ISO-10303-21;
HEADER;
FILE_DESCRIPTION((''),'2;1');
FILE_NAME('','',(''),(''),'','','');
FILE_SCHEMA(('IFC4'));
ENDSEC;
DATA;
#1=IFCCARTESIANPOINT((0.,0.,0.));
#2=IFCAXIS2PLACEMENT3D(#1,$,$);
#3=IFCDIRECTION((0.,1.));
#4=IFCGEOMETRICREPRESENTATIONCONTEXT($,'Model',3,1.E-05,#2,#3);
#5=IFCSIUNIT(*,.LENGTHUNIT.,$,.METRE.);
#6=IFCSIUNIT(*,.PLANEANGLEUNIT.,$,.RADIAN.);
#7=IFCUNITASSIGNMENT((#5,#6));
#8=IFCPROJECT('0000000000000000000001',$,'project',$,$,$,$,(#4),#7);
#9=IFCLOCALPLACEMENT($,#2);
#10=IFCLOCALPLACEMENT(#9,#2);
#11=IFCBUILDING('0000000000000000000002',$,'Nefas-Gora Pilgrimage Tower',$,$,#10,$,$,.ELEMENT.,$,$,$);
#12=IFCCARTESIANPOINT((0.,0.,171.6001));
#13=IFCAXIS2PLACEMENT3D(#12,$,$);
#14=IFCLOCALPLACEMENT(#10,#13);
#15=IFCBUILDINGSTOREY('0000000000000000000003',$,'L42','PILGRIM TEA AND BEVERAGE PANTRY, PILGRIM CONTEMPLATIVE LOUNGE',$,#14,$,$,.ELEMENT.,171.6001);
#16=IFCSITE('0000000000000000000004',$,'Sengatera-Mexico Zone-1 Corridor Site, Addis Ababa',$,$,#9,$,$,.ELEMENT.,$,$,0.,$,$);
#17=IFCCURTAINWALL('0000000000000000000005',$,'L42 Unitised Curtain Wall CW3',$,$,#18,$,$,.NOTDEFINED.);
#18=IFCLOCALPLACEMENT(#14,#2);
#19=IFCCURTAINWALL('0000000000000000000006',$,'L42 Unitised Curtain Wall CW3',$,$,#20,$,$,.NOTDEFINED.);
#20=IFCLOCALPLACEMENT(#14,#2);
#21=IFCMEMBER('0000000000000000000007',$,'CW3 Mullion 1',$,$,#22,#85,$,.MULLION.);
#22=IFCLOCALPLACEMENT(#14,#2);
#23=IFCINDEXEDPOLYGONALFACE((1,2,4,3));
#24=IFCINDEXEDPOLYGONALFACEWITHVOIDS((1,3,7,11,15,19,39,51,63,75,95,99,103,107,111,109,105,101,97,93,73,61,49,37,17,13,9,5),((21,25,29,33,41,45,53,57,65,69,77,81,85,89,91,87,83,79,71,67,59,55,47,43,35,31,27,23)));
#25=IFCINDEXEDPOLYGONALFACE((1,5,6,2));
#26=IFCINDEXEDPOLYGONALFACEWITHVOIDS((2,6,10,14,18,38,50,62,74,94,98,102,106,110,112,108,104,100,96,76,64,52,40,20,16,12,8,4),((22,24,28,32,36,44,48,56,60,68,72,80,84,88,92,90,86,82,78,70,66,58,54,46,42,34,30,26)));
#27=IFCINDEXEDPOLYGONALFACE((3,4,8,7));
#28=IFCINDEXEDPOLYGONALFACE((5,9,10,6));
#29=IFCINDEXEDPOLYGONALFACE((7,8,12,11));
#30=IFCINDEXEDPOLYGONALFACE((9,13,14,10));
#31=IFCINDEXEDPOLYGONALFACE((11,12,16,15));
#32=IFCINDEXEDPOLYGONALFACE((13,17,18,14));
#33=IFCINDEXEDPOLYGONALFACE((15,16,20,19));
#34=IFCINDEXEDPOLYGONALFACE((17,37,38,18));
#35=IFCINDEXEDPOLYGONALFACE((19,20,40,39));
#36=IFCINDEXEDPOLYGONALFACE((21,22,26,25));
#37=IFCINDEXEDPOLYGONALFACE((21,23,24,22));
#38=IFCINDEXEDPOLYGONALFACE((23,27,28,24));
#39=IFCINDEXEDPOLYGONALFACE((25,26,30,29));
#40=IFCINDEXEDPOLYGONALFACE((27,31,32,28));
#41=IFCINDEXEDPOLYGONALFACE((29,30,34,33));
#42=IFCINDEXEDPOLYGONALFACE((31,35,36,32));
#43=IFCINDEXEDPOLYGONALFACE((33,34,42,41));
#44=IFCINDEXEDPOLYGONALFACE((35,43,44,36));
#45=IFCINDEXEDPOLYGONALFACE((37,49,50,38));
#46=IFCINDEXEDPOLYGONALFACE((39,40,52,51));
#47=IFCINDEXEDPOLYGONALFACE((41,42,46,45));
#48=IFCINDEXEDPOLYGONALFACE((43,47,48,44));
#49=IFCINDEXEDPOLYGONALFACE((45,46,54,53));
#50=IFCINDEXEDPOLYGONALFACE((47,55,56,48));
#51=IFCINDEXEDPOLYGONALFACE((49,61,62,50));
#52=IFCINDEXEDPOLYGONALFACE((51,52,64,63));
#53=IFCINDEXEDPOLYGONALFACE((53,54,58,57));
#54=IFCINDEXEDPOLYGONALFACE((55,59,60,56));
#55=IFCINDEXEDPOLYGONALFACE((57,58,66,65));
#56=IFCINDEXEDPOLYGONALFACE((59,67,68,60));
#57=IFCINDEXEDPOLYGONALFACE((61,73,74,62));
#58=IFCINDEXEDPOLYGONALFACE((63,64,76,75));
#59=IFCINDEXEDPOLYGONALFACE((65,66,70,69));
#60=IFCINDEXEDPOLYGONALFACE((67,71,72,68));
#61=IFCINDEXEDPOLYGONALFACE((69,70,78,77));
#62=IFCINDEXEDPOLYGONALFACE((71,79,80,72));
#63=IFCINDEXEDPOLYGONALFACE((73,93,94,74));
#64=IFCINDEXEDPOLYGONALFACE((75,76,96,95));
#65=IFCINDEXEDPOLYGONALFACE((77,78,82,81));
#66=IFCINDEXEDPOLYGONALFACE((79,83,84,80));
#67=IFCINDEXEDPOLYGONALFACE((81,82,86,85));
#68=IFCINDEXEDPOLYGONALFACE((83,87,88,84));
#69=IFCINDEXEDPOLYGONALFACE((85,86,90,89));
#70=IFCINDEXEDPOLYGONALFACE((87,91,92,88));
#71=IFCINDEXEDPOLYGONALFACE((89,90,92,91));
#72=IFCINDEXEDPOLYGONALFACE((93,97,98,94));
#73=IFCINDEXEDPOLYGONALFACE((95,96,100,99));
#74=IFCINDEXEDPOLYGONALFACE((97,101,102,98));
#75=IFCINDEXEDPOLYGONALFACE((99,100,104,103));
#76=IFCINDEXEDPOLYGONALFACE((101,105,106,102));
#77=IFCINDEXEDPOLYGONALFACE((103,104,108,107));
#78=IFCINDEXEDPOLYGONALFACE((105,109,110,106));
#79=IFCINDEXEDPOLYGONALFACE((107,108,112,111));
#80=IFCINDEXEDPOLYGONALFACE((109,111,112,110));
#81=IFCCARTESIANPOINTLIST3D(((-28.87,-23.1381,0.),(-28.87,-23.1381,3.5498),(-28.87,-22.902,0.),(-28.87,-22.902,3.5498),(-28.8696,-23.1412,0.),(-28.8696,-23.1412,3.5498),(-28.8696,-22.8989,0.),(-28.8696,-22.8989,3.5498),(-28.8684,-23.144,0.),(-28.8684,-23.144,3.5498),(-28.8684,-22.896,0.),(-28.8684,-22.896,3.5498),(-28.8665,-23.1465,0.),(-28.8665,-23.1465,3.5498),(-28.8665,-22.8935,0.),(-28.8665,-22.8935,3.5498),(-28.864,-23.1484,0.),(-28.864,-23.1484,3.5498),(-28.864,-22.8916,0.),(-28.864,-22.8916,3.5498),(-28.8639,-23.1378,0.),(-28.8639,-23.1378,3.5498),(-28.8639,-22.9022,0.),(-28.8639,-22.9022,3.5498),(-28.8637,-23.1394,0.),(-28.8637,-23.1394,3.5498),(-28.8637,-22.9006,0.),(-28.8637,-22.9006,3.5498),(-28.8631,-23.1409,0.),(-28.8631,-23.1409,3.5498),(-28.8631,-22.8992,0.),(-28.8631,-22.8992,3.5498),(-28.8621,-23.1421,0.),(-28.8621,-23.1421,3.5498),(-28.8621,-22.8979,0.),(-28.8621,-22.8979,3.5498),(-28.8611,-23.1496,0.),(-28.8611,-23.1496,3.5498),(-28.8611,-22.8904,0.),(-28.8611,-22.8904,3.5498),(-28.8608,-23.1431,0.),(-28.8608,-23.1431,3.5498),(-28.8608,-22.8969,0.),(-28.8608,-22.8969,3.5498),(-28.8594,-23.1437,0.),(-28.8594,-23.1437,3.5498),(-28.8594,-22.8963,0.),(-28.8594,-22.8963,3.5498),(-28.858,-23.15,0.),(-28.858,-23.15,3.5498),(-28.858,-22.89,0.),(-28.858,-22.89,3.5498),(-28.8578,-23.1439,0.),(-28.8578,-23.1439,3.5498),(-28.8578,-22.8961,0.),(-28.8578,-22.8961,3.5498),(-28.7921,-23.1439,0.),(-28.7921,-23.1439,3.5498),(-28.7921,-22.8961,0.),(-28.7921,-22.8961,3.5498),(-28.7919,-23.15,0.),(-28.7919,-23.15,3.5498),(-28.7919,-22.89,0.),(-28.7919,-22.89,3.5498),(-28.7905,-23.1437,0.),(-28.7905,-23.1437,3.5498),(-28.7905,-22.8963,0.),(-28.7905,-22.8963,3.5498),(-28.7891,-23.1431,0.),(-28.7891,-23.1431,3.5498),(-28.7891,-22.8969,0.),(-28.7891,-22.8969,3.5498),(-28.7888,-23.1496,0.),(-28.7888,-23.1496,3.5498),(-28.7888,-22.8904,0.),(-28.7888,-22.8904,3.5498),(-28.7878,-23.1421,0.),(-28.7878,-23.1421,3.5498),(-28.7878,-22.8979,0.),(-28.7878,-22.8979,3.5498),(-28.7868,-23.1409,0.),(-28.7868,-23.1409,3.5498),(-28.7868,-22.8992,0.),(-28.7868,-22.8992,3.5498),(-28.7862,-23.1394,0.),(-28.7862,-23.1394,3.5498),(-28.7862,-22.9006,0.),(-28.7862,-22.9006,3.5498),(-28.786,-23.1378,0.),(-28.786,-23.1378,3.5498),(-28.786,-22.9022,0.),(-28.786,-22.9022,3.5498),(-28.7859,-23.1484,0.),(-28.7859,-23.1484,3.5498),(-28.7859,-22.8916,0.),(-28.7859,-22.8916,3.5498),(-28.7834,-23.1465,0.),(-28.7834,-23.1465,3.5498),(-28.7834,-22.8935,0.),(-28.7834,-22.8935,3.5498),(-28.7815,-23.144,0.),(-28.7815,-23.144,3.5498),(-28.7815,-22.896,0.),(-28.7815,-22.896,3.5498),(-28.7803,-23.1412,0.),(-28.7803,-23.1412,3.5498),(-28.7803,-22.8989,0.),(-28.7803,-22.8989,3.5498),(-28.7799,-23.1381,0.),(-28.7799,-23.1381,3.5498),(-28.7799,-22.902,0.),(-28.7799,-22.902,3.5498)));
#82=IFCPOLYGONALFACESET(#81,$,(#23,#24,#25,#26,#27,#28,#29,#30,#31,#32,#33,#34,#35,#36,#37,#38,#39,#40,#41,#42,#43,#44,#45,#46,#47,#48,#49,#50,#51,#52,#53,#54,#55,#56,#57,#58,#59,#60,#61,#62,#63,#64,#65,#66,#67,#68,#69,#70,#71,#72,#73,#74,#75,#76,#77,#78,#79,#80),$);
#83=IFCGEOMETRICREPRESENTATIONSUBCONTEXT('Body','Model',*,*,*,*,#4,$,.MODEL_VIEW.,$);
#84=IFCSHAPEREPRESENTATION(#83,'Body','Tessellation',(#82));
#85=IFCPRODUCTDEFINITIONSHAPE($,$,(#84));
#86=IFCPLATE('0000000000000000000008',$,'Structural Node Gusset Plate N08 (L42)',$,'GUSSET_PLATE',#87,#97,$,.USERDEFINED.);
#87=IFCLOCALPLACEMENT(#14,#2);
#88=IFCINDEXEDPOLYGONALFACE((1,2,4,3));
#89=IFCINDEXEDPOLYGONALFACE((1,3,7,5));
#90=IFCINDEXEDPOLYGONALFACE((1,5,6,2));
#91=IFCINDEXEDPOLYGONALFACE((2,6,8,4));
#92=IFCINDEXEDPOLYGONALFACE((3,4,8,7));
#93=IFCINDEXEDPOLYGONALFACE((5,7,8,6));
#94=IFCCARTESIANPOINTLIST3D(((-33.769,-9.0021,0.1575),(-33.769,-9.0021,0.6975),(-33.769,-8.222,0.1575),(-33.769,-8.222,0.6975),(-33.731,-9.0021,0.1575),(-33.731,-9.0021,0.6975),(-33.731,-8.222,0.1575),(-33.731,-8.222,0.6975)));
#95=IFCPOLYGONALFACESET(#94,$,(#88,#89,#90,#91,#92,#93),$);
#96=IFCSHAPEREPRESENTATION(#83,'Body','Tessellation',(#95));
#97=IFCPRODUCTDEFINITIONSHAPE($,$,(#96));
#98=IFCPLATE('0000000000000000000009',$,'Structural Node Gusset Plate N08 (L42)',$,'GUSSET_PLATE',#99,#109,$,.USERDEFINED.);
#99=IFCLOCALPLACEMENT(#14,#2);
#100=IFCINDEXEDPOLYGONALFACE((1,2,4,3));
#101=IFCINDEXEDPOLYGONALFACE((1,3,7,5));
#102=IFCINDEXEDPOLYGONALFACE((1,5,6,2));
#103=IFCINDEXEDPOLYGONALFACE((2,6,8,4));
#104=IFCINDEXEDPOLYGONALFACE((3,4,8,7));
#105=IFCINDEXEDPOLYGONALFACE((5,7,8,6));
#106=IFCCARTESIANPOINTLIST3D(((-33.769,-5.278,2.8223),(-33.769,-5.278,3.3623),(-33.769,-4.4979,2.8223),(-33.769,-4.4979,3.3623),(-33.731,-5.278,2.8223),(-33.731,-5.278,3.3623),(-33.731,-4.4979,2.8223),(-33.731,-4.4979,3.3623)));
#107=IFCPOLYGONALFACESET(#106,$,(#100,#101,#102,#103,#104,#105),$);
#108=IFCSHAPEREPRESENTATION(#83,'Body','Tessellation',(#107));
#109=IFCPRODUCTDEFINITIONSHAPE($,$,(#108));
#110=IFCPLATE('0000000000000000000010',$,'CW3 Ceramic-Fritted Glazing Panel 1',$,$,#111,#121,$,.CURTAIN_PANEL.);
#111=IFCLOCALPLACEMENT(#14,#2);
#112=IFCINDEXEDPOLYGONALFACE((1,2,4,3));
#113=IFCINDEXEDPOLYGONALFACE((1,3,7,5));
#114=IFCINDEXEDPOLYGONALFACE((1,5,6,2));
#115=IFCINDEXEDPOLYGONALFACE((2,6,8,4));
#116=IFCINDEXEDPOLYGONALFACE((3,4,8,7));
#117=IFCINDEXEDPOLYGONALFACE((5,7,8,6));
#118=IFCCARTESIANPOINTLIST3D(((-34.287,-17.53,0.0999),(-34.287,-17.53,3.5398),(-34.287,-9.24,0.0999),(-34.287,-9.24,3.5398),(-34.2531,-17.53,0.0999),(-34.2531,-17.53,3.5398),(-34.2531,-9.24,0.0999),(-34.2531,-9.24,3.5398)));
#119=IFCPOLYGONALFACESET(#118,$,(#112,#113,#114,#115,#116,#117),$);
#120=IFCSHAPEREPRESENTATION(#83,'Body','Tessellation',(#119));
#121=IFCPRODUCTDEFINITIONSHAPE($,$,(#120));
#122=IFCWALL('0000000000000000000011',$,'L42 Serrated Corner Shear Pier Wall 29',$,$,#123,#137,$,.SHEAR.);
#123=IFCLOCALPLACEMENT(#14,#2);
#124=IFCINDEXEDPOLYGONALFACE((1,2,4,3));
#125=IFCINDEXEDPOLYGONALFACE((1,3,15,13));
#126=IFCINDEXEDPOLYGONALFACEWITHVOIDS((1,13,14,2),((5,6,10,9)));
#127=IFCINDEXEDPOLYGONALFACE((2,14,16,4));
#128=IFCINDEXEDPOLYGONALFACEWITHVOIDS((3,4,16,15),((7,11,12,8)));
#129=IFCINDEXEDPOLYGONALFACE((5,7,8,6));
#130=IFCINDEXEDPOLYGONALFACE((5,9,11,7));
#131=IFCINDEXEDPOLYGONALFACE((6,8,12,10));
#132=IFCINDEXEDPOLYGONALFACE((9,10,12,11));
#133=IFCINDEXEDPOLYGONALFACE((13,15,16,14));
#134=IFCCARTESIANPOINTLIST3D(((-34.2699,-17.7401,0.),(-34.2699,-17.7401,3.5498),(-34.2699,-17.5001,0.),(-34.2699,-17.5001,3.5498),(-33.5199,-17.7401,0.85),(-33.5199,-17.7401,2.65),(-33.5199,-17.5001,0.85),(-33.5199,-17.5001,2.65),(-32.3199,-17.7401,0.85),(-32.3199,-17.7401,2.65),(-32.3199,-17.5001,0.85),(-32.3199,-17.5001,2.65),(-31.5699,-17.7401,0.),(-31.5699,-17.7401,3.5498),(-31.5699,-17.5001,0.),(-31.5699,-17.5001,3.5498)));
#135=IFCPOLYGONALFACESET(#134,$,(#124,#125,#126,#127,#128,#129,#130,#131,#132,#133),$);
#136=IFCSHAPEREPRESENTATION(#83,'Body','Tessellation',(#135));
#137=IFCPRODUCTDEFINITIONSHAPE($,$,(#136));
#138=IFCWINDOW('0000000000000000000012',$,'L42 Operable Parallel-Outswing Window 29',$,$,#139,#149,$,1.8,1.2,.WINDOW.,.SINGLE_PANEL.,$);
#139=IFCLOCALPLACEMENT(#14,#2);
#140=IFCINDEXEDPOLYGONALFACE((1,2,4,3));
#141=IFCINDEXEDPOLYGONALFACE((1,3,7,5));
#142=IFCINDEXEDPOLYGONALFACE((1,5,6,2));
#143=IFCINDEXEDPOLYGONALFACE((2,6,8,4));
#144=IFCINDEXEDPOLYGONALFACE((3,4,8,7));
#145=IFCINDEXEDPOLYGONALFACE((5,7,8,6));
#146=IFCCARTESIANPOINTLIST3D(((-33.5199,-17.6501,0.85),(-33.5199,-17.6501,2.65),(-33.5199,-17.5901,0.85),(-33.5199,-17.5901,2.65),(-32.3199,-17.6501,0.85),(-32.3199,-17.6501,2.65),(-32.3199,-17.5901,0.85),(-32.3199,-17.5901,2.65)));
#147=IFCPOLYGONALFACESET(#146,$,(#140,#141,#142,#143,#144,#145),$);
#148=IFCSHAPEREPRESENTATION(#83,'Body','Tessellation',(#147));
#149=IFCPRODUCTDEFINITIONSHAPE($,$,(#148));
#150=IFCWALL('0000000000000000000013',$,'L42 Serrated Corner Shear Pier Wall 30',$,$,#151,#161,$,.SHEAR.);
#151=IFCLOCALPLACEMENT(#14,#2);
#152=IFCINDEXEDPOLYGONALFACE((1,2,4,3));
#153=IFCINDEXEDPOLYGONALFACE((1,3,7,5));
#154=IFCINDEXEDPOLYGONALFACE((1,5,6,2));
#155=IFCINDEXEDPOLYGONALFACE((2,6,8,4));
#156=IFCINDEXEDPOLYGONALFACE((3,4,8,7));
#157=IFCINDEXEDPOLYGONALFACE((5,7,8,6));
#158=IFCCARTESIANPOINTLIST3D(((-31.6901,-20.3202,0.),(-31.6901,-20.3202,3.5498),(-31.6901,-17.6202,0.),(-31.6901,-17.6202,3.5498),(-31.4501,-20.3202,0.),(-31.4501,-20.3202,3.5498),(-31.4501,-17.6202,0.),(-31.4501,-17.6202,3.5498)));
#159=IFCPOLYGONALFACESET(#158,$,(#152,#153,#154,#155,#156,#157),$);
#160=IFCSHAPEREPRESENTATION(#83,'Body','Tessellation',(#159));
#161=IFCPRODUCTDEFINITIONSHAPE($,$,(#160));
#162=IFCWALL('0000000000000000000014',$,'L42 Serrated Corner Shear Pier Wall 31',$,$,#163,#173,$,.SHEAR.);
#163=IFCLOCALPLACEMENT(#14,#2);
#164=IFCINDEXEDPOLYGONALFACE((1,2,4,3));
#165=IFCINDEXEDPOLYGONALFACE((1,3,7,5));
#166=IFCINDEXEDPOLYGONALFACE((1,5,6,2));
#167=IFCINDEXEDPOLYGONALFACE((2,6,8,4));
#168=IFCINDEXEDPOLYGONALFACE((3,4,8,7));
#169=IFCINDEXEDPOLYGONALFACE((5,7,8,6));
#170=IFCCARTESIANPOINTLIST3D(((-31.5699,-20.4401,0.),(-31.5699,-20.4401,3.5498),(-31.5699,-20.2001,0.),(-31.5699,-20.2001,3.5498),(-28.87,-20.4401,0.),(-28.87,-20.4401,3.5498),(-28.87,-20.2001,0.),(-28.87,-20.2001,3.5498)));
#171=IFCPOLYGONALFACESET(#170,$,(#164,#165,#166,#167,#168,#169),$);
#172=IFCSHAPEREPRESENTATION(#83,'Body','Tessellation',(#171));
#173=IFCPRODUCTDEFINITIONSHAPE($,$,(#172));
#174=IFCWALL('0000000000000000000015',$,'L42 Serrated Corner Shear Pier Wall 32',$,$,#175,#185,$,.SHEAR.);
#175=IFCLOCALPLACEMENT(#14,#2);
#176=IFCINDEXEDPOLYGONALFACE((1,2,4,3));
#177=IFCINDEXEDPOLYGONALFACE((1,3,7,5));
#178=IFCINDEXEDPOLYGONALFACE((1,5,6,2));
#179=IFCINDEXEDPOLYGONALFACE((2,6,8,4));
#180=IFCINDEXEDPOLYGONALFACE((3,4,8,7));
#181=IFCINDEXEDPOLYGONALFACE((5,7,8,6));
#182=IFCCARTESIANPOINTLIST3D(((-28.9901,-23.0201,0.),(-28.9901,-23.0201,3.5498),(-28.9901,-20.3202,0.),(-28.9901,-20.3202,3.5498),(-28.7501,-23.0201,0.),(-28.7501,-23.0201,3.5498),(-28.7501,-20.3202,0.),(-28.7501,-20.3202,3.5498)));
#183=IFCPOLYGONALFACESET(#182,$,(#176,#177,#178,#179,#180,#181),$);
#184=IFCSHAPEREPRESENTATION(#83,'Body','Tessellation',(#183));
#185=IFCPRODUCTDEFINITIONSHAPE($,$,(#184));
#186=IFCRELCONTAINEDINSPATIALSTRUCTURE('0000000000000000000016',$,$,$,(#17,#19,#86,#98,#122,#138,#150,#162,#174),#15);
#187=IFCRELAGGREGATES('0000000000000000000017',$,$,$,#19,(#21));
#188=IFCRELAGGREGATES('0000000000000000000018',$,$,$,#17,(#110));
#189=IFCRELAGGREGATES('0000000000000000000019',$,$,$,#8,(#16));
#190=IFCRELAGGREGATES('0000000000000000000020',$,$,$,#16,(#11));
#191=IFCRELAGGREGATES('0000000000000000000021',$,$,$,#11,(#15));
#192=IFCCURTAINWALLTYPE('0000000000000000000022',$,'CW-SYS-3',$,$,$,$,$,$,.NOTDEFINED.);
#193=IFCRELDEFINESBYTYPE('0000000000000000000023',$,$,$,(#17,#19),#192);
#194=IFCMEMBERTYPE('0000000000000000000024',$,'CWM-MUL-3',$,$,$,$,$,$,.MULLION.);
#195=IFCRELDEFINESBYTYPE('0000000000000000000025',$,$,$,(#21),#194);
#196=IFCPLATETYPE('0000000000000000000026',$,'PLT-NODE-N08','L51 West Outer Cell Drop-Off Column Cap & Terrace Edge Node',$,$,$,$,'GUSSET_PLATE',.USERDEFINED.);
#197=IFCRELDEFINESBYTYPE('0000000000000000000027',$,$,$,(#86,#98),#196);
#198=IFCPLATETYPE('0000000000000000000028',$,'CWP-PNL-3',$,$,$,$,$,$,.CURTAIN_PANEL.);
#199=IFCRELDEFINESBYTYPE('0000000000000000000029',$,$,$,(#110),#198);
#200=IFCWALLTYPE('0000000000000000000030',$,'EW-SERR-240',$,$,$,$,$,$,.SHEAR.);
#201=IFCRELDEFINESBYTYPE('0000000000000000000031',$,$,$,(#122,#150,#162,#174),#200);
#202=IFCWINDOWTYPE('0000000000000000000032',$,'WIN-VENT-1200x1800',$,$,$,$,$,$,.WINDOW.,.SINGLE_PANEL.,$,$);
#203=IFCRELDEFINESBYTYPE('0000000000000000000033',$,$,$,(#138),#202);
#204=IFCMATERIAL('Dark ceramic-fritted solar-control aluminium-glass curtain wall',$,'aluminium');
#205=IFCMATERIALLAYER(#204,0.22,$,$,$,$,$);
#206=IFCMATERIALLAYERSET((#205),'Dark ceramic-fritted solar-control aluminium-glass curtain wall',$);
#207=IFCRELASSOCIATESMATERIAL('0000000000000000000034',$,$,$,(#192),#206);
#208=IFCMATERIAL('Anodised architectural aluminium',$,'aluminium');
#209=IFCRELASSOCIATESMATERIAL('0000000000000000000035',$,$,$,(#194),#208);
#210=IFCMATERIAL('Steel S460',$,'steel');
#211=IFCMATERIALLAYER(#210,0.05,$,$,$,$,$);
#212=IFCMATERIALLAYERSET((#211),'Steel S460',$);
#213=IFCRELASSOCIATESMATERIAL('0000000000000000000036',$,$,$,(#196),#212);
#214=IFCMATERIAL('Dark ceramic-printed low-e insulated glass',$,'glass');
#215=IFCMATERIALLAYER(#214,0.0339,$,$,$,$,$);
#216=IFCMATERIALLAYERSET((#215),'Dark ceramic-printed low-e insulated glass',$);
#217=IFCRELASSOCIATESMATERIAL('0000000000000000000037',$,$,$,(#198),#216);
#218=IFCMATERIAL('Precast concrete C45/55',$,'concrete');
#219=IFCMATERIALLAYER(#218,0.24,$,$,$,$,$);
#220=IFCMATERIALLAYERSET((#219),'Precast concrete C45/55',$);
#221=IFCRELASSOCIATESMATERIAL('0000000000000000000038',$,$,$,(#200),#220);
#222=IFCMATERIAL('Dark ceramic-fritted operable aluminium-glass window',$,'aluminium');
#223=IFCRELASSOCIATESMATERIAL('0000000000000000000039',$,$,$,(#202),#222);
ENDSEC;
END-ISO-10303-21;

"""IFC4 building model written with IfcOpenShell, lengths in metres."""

from ifc_helpers import new_model, si_unit, direction, frame, frame_2d, origin, origin_2d, place, context, subcontext, project, spatial, rectangle, hollow_rectangle, extrude, source, transform, mapped, material, layer, layer_set, material_profile, profile_set, type_object, element, fill, aggregate, save


model = new_model("IFC4")

# Units and contexts
model_context = context("Model", 3, precision=1e-05, world=origin(), true_north=direction((0.0, 1.0)))
body_context = subcontext(model_context, "Body", "Model", "MODEL_VIEW")
ifc_project = project(units=[si_unit("LENGTHUNIT", "METRE"), si_unit("PLANEANGLEUNIT", "RADIAN")], contexts=[model_context])

# Site, building, storey
site_placement = place(None, origin())
site = spatial("IfcSite", under=ifc_project, at=site_placement, Name="Sengatera-Mexico Zone-1 Corridor Site, Addis Ababa", CompositionType="ELEMENT", RefElevation=0.0)
building_placement = place(site_placement, origin())
building = spatial("IfcBuilding", under=site, at=building_placement, Name="Nefas-Gora Pilgrimage Tower", CompositionType="ELEMENT")
storey_placement = place(building_placement, frame((0.0, 0.0, 171.6001)))
storey = spatial("IfcBuildingStorey", under=building, at=storey_placement, Name="L42", Description="PILGRIM TEA AND BEVERAGE PANTRY, PILGRIM CONTEMPLATIVE LOUNGE", CompositionType="ELEMENT", Elevation=171.6001)

# Shared definitions
ifc_material_1 = material(Name="Steel S460", Category="steel")

# Curtain walls
ifc_material_2 = material(Name="Dark ceramic-fritted solar-control aluminium-glass curtain wall", Category="aluminium")
ifc_layer_1 = layer(ifc_material_2, 0.22)
ifc_layer_set_1 = layer_set([ifc_layer_1], Name="Dark ceramic-fritted solar-control aluminium-glass curtain wall")
curtain_wall_type = type_object("IfcCurtainWallType", Name="CW-SYS-3", PredefinedType="NOTDEFINED", material=ifc_layer_set_1)
curtain_wall_1_placement = place(storey_placement, origin())
curtain_wall_1 = element("IfcCurtainWall", 1, at=curtain_wall_1_placement, inside=storey, type_object=curtain_wall_type, Name="L42 Unitised Curtain Wall CW3", PredefinedType="NOTDEFINED")
ifc_material_3 = material(Name="Anodised architectural aluminium", Category="aluminium")
curtain_wall_2_placement = place(storey_placement, origin())
curtain_wall_2 = element("IfcCurtainWall", 2, at=curtain_wall_2_placement, inside=storey, type_object=curtain_wall_type, Name="L42 Unitised Curtain Wall CW3", PredefinedType="NOTDEFINED")
ifc_material_profile_1 = material_profile(ifc_material_3, hollow_rectangle(XDim=0.0901, YDim=0.26, WallThickness=0.0061, InnerFilletRadius=0.0061, OuterFilletRadius=0.012, at=origin_2d()), Name="ALU MULLION 90x260")
ifc_profile_set_1 = profile_set([ifc_material_profile_1], Name="Anodised architectural aluminium")
member_type_1 = type_object("IfcMemberType", Name="CWM-MUL-3", PredefinedType="MULLION", material=ifc_profile_set_1)
shared_shape_1 = source(origin(), body_context, "Body", "SweptSolid", [
    extrude(hollow_rectangle(XDim=0.0901, YDim=0.26, WallThickness=0.0061, InnerFilletRadius=0.0061, OuterFilletRadius=0.012, at=origin_2d()), origin(), (0.0, 0.0, 1.0), 3.5498),
])

# Member
member_1_placement = place(storey_placement, frame((-28.825, -23.02, 0.0), z_axis=(0.0, 0.0, 1.0), x_axis=(1.0, 0.0, 0.0)))
member_1 = element("IfcMember", 3, at=member_1_placement, type_object=member_type_1, Name="CW3 Mullion 1", PredefinedType="MULLION", context=body_context, shape_type="MappedRepresentation", body=[
    mapped(shared_shape_1, transform((0.0, 0.0, 0.0), x_axis=(1.0, 0.0, 0.0), y_axis=(0.0, 1.0, 0.0), z_axis=(0.0, 0.0, 1.0), scale=1.0)),
])
aggregate(curtain_wall_2, [member_1])

# Plates
ifc_layer_2 = layer(ifc_material_1, 0.05)
ifc_layer_set_2 = layer_set([ifc_layer_2], Name="Steel S460")
plate_type_1 = type_object("IfcPlateType", Name="PLT-NODE-N08", Description="L51 West Outer Cell Drop-Off Column Cap & Terrace Edge Node", ElementType="GUSSET_PLATE", PredefinedType="USERDEFINED", material=ifc_layer_set_2)
shared_shape_2 = source(origin(), body_context, "Body", "SweptSolid", [
    extrude(rectangle(XDim=0.78, YDim=0.0381, at=origin_2d()), origin(), (0.0, 0.0, 1.0), 0.54),
])
for number, where, z_axis, x_axis, name in (
    (4, (-33.75, -8.6121, 0.1575), (0.0, 0.0, 1.0), (0.0, 1.0, 0.0), "Structural Node Gusset Plate N08 (L42)"),
    (5, (-33.75, -4.8879, 2.8223), (0.0, 0.0, 1.0), (0.0, 1.0, 0.0), "Structural Node Gusset Plate N08 (L42)"),
):
    element("IfcPlate", number, at=place(storey_placement, frame(where, z_axis=z_axis, x_axis=x_axis)), inside=storey, type_object=plate_type_1, Name=name, ObjectType="GUSSET_PLATE", PredefinedType="USERDEFINED", context=body_context, shape_type="MappedRepresentation", body=[
        mapped(shared_shape_2, transform((0.0, 0.0, 0.0), x_axis=(1.0, 0.0, 0.0), y_axis=(0.0, 1.0, 0.0), z_axis=(0.0, 0.0, 1.0), scale=1.0)),
    ])

# Plate
ifc_material_4 = material(Name="Dark ceramic-printed low-e insulated glass", Category="glass")
ifc_layer_3 = layer(ifc_material_4, 0.0339)
ifc_layer_set_3 = layer_set([ifc_layer_3], Name="Dark ceramic-printed low-e insulated glass")
plate_type_2 = type_object("IfcPlateType", Name="CWP-PNL-3", PredefinedType="CURTAIN_PANEL", material=ifc_layer_set_3)
shared_shape_3 = source(origin(), body_context, "Body", "SweptSolid", [
    extrude(rectangle(XDim=8.29, YDim=0.0339, at=origin_2d()), origin(), (0.0, 0.0, 1.0), 3.4399),
])
plate_placement = place(storey_placement, frame((-34.27, -13.385, 0.0999), z_axis=(0.0, 0.0, 1.0), x_axis=(0.0, -1.0, 0.0)))
plate = element("IfcPlate", 6, at=plate_placement, type_object=plate_type_2, Name="CW3 Ceramic-Fritted Glazing Panel 1", PredefinedType="CURTAIN_PANEL", context=body_context, shape_type="MappedRepresentation", body=[
    mapped(shared_shape_3, transform((0.0, 0.0, 0.0), x_axis=(1.0, 0.0, 0.0), y_axis=(0.0, 1.0, 0.0), z_axis=(0.0, 0.0, 1.0), scale=1.0)),
])
aggregate(curtain_wall_1, [plate])

# Wall, opening, window
ifc_material_5 = material(Name="Precast concrete C45/55", Category="concrete")
ifc_layer_4 = layer(ifc_material_5, 0.24)
ifc_layer_set_4 = layer_set([ifc_layer_4], Name="Precast concrete C45/55")
wall_type_1 = type_object("IfcWallType", Name="EW-SERR-240", PredefinedType="SHEAR", material=ifc_layer_set_4)
shared_shape_4 = source(origin(), body_context, "Body", "SweptSolid", [
    extrude(rectangle(XDim=2.7, YDim=0.24, at=frame_2d((1.3501, 0.0))), origin(), (0.0, 0.0, 1.0), 3.5498),
])
wall_1_placement = place(storey_placement, frame((-34.27, -17.6201, 0.0), z_axis=(0.0, 0.0, 1.0), x_axis=(1.0, 0.0, 0.0)))
wall_1 = element("IfcWall", 7, at=wall_1_placement, inside=storey, type_object=wall_type_1, Name="L42 Serrated Corner Shear Pier Wall 29", PredefinedType="SHEAR", context=body_context, shape_type="MappedRepresentation", body=[
    mapped(shared_shape_4, transform((0.0, 0.0, 0.0), x_axis=(1.0, 0.0, 0.0), y_axis=(0.0, 1.0, 0.0), z_axis=(0.0, 0.0, 1.0), scale=1.0)),
])
opening_placement = place(wall_1_placement, frame((0.75, 0.0, 0.8501)))
opening = element("IfcOpeningElement", 8, at=opening_placement, cuts=wall_1, PredefinedType="OPENING", context=body_context, shape_type="SweptSolid", body=[
    extrude(rectangle(XDim=1.2, YDim=1.8, at=frame_2d((0.6001, 0.8999))), frame((0.0, 0.1299, 0.0), z_axis=(0.0, -1.0, 0.0), x_axis=(1.0, 0.0, 0.0)), (0.0, 0.0, 1.0), 0.26),
])
ifc_material_6 = material(Name="Dark ceramic-fritted operable aluminium-glass window", Category="aluminium")
window_type = type_object("IfcWindowType", Name="WIN-VENT-1200x1800", PartitioningType="SINGLE_PANEL", PredefinedType="WINDOW", material=ifc_material_6)
shared_shape_5 = source(origin(), body_context, "Body", "SweptSolid", [
    extrude(rectangle(XDim=1.2, YDim=1.8, at=frame_2d((0.6001, 0.8999))), frame((0.0, 0.03, 0.0), z_axis=(0.0, -1.0, 0.0), x_axis=(1.0, 0.0, 0.0)), (0.0, 0.0, 1.0), 0.0601),
])
window_placement = place(opening_placement, origin())
window = element("IfcWindow", 9, at=window_placement, inside=storey, type_object=window_type, Name="L42 Operable Parallel-Outswing Window 29", OverallHeight=1.8, OverallWidth=1.2, PartitioningType="SINGLE_PANEL", PredefinedType="WINDOW", context=body_context, shape_type="MappedRepresentation", body=[
    mapped(shared_shape_5, transform((0.0, 0.0, 0.0), x_axis=(1.0, 0.0, 0.0), y_axis=(0.0, 1.0, 0.0), z_axis=(0.0, 0.0, 1.0), scale=1.0)),
])
fill(opening, window)

# Walls
for number, where, z_axis, x_axis, name in (
    (10, (-31.5701, -17.6201, 0.0), (0.0, 0.0, 1.0), (0.0, -1.0, 0.0), "L42 Serrated Corner Shear Pier Wall 30"),
    (11, (-31.5701, -20.3201, 0.0), (0.0, 0.0, 1.0), (1.0, 0.0, 0.0), "L42 Serrated Corner Shear Pier Wall 31"),
    (12, (-28.8701, -20.3201, 0.0), (0.0, 0.0, 1.0), (0.0, -1.0, 0.0), "L42 Serrated Corner Shear Pier Wall 32"),
):
    element("IfcWall", number, at=place(storey_placement, frame(where, z_axis=z_axis, x_axis=x_axis)), inside=storey, type_object=wall_type_1, Name=name, PredefinedType="SHEAR", context=body_context, shape_type="MappedRepresentation", body=[
        mapped(shared_shape_4, transform((0.0, 0.0, 0.0), x_axis=(1.0, 0.0, 0.0), y_axis=(0.0, 1.0, 0.0), z_axis=(0.0, 0.0, 1.0), scale=1.0)),
    ])

save(model, "model.ifc")
